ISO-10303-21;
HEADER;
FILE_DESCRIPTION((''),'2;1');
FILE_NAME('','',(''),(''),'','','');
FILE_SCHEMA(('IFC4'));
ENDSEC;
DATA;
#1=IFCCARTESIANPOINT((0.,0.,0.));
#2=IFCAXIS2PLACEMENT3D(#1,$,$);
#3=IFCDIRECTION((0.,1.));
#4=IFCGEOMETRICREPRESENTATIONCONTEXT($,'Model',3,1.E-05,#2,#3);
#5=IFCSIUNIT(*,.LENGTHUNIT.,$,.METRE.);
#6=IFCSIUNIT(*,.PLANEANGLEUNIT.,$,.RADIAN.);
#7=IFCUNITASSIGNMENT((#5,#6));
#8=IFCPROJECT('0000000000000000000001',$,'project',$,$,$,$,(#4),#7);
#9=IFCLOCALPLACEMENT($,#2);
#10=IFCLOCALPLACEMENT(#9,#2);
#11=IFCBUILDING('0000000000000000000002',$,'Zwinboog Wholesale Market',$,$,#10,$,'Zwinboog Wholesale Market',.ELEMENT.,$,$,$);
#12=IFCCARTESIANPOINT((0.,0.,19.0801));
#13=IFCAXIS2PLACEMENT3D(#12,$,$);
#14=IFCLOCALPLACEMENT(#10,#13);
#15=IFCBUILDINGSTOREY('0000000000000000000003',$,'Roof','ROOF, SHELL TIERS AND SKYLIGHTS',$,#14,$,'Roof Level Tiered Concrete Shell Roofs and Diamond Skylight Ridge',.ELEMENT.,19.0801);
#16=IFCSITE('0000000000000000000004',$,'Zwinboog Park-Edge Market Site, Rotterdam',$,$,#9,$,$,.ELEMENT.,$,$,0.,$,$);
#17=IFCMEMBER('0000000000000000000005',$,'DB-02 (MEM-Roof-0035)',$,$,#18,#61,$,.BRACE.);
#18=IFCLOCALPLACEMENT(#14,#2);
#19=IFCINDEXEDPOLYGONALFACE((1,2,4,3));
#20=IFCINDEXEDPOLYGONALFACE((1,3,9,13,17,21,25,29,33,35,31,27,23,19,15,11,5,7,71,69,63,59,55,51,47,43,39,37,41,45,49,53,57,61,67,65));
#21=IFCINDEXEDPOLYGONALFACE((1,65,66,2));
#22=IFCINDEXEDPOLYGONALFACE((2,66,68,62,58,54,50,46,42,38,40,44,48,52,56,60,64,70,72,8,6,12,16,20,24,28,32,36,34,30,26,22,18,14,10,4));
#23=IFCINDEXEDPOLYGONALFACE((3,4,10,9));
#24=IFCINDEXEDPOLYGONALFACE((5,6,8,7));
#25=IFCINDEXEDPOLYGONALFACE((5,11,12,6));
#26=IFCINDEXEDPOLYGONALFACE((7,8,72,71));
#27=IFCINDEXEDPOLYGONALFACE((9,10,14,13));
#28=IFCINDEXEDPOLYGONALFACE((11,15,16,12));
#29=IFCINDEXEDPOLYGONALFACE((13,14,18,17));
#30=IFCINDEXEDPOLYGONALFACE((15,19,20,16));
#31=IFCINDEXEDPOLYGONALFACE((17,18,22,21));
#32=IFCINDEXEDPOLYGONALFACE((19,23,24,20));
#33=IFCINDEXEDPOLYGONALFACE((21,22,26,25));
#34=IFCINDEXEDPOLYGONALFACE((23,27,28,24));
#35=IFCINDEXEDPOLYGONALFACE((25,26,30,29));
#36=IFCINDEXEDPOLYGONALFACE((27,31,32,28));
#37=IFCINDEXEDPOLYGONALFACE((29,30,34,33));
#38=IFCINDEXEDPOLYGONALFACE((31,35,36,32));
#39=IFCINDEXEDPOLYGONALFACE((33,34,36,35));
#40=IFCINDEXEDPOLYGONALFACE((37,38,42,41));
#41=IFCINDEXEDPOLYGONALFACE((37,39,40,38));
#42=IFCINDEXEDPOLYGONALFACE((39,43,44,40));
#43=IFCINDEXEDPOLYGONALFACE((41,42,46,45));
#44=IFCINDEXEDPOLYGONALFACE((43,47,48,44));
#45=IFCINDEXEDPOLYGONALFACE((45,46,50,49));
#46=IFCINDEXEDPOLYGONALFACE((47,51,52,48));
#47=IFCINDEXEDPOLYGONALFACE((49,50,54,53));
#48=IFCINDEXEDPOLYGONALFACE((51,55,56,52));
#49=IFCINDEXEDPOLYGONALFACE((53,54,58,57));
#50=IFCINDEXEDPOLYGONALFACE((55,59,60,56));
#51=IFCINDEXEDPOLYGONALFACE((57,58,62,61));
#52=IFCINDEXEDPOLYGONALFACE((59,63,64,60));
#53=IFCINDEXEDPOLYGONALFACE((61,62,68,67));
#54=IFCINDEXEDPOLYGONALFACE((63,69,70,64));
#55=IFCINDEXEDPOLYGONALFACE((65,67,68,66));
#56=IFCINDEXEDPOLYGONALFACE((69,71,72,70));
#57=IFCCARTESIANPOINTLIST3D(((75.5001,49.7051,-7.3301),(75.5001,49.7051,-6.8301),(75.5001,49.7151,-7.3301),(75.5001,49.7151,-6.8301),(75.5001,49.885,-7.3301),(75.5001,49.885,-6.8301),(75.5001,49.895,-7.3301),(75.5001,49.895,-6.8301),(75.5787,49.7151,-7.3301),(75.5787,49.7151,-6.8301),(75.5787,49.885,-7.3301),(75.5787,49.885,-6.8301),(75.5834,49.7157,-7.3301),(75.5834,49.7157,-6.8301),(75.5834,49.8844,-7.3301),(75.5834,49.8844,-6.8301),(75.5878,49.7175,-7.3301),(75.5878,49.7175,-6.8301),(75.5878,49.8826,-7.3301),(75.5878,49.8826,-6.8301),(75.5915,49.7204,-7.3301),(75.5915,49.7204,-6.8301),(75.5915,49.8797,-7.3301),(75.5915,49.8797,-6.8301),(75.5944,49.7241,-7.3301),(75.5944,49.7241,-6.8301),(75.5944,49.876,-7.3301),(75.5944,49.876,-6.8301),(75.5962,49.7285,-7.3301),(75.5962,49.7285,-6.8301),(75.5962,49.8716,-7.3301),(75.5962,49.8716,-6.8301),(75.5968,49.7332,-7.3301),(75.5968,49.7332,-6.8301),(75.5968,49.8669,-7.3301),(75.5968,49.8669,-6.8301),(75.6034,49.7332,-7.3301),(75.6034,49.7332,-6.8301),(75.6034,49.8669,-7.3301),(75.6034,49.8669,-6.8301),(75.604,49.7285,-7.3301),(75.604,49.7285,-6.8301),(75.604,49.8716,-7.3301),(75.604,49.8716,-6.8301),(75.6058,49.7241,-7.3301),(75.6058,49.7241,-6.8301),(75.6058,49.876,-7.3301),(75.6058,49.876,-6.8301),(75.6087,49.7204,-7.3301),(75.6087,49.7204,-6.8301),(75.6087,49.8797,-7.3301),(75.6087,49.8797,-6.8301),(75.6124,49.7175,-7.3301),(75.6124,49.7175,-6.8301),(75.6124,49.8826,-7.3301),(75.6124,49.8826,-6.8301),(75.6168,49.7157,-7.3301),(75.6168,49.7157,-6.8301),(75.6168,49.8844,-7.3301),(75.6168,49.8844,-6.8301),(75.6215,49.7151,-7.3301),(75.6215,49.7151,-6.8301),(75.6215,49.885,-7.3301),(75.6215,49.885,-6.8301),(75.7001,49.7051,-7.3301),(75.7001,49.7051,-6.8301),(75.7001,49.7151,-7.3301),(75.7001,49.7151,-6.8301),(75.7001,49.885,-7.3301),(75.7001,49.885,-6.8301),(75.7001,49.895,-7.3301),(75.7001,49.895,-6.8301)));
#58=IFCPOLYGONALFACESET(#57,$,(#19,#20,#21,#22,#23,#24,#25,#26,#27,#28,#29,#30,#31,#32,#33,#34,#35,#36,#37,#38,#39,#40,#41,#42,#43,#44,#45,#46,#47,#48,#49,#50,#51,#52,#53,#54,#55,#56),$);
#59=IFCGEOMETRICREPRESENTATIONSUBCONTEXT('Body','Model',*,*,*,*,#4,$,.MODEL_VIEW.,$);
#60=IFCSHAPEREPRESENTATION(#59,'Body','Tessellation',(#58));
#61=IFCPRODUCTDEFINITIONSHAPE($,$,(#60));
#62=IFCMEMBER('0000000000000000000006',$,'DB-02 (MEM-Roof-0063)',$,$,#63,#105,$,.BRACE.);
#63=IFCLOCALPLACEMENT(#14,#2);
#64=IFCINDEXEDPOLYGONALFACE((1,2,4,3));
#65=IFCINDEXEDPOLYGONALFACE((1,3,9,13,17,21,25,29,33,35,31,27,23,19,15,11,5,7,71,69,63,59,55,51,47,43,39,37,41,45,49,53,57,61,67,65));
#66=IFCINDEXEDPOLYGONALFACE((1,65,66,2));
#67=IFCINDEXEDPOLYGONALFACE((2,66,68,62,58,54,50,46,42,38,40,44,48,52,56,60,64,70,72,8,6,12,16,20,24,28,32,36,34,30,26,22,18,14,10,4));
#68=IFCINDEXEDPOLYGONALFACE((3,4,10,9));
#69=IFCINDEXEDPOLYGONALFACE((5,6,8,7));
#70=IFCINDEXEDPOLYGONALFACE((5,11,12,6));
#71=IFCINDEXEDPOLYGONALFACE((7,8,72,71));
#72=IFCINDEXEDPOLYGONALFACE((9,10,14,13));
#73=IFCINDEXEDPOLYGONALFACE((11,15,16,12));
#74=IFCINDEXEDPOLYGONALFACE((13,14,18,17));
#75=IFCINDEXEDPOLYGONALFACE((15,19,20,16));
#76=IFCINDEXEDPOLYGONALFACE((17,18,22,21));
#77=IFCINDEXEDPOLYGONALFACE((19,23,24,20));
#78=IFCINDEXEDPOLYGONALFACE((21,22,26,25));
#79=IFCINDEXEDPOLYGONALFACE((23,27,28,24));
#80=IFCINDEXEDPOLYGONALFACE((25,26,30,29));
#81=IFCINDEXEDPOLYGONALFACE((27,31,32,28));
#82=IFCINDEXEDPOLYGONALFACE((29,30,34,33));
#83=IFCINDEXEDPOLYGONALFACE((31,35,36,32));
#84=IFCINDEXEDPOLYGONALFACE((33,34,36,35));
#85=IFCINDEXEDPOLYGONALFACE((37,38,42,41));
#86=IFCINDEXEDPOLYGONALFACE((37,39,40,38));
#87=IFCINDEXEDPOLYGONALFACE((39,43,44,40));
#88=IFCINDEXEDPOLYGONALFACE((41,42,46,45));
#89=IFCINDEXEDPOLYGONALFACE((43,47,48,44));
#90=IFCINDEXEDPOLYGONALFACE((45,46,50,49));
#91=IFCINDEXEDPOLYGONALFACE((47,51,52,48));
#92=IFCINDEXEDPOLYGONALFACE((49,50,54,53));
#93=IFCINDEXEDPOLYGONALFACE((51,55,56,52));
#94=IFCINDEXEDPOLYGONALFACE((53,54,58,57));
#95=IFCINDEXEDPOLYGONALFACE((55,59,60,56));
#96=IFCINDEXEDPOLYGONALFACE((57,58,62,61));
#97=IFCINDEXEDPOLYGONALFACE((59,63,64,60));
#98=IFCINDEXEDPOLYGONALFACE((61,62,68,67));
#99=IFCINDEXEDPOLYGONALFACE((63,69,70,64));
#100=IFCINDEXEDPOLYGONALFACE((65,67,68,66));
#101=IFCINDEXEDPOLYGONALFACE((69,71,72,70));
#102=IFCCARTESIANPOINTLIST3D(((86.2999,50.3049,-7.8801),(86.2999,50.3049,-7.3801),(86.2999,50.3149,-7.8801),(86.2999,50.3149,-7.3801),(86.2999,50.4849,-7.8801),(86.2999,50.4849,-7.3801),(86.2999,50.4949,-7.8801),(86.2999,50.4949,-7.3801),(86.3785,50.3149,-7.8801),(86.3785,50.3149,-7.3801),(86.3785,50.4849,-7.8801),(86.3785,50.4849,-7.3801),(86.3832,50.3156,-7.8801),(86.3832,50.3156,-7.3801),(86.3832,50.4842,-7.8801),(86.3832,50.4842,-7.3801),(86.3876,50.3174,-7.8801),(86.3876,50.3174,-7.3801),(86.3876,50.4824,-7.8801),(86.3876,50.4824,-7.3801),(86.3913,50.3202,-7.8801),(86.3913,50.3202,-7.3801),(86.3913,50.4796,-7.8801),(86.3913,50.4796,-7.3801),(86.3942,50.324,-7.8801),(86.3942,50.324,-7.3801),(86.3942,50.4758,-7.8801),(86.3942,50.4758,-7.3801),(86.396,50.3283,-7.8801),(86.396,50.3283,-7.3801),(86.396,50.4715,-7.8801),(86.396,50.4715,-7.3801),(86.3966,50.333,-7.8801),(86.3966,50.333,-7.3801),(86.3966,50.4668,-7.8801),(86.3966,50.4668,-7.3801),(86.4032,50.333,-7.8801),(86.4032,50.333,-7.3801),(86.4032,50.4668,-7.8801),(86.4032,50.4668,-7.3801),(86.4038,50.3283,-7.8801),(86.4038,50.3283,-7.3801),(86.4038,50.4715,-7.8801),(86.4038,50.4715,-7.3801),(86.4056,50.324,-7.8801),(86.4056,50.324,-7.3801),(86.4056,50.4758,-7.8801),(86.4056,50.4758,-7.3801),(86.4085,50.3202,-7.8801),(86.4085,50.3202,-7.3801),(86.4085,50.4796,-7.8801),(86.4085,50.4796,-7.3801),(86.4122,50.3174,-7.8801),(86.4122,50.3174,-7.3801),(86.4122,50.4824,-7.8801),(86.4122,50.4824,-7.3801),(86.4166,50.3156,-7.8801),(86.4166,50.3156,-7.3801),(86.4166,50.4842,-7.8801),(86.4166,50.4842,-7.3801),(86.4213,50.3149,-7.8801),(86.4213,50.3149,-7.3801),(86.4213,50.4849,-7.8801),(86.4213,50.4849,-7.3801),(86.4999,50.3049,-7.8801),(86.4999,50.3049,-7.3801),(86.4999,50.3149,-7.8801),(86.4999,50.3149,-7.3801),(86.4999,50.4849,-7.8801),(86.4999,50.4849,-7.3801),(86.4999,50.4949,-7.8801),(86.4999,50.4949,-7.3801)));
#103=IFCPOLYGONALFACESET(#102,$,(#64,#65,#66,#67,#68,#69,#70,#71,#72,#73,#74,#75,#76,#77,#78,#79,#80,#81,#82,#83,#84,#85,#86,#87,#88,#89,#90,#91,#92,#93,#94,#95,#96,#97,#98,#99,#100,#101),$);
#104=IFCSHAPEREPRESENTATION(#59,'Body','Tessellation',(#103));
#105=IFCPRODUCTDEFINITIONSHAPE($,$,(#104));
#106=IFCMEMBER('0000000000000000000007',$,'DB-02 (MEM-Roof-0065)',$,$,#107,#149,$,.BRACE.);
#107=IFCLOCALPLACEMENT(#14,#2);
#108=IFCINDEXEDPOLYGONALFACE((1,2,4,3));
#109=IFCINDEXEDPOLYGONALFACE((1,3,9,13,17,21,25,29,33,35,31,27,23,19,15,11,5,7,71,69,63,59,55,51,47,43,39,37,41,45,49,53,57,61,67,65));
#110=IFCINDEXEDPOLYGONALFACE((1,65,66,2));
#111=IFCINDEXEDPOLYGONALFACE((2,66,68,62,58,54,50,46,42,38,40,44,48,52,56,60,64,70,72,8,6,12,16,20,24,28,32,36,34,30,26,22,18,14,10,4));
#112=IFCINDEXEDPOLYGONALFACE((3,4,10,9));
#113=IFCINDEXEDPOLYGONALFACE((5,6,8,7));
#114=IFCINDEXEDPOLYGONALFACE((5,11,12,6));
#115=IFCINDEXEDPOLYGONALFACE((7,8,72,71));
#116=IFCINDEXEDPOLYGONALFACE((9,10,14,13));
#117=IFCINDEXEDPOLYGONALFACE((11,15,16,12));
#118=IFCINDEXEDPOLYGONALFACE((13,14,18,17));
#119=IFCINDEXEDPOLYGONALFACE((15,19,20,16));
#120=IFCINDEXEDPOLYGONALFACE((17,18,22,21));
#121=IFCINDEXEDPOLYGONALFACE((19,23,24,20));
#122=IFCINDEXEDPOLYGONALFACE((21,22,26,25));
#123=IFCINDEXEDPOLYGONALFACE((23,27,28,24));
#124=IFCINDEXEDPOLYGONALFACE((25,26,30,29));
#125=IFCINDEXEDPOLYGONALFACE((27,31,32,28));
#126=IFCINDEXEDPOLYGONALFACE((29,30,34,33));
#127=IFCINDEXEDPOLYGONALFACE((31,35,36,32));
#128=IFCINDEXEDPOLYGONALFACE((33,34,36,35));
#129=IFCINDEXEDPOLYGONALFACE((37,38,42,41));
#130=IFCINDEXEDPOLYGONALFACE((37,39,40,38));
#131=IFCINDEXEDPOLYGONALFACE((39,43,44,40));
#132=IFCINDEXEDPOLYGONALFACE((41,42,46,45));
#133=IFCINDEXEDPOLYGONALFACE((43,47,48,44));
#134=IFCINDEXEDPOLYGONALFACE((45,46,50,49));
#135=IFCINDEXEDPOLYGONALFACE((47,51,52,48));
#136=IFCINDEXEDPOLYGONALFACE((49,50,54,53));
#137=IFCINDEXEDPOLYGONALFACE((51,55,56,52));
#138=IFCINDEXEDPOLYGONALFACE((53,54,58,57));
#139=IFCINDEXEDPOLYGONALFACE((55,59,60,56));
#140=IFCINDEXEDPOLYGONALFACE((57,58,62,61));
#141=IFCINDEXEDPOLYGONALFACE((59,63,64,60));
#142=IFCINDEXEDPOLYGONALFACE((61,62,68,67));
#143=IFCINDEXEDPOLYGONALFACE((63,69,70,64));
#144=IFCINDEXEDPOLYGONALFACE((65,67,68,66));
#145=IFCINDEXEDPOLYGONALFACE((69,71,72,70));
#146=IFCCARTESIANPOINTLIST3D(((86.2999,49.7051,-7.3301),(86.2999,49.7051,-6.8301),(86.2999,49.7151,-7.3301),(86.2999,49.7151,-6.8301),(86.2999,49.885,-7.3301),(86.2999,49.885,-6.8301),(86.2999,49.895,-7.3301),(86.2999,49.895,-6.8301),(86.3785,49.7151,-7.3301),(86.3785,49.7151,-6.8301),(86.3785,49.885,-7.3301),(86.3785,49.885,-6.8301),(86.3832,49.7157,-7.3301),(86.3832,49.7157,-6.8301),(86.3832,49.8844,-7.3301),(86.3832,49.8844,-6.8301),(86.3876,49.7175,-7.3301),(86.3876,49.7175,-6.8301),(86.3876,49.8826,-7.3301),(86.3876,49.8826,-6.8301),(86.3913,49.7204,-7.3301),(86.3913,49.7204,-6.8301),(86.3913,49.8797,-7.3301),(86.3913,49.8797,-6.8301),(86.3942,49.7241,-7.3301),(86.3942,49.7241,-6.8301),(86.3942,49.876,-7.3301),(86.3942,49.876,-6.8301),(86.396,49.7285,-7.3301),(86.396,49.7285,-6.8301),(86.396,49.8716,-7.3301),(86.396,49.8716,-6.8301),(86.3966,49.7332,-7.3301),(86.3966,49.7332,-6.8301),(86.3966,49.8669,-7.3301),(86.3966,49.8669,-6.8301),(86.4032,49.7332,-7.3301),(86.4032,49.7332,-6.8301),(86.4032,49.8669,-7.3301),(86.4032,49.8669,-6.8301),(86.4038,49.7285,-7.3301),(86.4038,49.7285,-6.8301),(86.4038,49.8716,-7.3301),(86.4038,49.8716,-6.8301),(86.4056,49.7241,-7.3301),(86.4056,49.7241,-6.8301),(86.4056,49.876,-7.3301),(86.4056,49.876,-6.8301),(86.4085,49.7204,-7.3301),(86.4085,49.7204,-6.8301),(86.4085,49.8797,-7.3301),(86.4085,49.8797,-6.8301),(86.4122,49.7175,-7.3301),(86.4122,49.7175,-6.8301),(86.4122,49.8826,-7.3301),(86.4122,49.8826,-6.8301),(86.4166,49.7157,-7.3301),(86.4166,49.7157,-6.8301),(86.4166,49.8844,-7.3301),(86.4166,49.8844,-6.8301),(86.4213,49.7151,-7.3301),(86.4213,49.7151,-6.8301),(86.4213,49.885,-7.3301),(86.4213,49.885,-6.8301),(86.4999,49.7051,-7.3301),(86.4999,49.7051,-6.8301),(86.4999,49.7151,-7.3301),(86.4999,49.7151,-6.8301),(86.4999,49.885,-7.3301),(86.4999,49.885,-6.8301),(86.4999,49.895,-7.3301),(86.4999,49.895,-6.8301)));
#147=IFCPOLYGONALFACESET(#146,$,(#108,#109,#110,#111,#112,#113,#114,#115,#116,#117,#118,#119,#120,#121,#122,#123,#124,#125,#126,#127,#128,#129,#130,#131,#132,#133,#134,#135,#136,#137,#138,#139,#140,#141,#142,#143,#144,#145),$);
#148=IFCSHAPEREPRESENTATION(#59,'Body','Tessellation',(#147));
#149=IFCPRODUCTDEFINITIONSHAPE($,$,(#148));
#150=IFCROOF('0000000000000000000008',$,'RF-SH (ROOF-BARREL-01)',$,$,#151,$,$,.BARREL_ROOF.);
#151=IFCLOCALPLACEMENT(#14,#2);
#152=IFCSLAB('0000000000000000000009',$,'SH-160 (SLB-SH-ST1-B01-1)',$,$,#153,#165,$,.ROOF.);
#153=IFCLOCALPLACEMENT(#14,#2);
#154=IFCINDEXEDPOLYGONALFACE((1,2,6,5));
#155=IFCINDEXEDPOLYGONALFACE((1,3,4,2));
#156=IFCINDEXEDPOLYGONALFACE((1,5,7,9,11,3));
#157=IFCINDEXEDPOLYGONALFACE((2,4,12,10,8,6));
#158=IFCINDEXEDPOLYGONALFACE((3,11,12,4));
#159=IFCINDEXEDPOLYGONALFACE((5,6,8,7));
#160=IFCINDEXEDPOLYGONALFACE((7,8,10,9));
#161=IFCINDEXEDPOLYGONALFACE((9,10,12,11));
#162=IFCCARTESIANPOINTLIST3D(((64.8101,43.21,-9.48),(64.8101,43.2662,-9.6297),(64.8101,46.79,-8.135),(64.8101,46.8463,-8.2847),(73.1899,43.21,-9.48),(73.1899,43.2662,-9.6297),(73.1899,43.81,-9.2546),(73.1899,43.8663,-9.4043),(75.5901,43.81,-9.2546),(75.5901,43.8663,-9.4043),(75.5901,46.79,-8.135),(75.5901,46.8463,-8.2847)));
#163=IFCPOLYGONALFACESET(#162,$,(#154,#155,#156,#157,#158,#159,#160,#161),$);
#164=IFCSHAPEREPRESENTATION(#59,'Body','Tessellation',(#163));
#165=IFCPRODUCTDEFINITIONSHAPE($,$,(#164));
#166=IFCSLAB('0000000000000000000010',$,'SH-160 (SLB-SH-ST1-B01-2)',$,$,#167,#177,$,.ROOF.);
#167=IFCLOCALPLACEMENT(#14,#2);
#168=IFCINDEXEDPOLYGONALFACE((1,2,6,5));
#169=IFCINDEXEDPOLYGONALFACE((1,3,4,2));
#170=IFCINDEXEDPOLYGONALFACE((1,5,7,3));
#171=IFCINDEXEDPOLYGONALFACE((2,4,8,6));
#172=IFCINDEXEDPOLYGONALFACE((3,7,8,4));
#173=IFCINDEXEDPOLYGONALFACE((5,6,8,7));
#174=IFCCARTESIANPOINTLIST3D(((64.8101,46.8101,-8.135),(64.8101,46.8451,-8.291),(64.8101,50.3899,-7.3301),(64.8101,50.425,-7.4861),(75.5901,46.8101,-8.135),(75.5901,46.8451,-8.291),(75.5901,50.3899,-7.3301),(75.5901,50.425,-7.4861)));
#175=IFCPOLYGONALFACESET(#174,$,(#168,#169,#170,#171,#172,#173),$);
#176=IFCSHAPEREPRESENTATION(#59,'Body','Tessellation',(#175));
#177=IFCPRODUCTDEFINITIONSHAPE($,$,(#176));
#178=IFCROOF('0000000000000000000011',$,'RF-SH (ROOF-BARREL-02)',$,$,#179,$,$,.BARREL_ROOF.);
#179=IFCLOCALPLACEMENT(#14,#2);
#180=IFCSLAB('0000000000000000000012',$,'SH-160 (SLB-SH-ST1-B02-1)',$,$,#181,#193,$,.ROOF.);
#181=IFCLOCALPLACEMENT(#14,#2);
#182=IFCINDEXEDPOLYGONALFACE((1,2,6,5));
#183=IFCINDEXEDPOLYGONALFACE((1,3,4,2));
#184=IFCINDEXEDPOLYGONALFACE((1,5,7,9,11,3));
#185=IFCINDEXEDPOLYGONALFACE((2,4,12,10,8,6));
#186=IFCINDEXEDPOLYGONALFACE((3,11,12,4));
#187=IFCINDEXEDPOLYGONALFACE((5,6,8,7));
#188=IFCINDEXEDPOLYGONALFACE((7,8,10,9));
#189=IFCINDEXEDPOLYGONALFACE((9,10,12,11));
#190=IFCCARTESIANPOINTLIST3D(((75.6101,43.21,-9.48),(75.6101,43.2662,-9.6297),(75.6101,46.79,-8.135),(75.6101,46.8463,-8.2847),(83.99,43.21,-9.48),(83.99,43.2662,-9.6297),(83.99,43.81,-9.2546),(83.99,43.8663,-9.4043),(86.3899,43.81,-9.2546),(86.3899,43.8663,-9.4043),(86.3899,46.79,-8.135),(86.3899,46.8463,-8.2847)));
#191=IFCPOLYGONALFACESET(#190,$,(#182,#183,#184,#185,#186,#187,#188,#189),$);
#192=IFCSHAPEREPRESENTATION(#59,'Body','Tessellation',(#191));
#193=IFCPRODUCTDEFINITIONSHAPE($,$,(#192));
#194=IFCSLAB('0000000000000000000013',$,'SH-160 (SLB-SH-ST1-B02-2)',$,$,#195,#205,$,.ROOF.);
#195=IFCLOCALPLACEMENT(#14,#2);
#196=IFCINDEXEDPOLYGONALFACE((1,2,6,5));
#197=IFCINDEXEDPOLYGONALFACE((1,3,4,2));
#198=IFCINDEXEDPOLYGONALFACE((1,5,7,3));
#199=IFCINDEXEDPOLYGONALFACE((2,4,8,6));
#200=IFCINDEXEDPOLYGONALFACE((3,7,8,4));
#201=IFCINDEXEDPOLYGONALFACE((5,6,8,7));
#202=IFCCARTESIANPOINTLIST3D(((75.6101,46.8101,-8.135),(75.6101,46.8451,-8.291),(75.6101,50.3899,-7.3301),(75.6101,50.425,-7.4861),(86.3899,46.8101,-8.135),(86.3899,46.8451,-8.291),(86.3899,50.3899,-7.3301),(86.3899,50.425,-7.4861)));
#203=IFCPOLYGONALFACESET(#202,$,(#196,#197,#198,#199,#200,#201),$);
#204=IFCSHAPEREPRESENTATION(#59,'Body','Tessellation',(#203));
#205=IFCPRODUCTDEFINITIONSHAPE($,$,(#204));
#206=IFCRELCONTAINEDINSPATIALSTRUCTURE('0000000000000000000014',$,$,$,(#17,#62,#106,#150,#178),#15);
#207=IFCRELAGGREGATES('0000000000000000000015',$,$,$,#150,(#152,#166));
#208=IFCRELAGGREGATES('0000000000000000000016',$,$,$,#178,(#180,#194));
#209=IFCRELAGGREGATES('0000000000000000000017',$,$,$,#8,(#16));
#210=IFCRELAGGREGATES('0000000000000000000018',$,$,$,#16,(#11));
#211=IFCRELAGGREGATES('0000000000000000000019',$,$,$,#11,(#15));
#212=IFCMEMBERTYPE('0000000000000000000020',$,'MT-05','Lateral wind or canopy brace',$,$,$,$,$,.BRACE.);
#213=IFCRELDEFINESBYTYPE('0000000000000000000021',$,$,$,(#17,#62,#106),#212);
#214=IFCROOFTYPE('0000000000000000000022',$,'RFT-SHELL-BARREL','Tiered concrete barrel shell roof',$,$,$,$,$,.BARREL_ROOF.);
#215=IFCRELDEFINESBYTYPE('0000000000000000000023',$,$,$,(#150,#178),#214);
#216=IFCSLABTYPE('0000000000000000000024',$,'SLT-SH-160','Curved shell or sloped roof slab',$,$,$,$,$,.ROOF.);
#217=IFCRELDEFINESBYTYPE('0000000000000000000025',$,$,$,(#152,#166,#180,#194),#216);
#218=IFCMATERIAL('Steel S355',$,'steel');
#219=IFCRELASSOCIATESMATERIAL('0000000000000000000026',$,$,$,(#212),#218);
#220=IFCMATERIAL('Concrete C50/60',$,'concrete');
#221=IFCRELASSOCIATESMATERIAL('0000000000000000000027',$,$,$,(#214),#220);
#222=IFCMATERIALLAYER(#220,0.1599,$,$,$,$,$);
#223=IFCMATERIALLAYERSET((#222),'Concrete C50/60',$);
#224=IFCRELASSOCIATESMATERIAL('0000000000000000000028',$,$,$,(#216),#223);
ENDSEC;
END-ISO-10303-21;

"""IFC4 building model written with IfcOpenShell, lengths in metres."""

from ifc_helpers import new_model, si_unit, direction, frame, origin, origin_2d, place, context, subcontext, project, spatial, polyline, i_section, outline, extrude, material, layer, layer_set, material_profile, profile_set, type_object, element, aggregate, save


model = new_model("IFC4")

# Units and contexts
model_context = context("Model", 3, precision=1e-05, world=origin(), true_north=direction((0.0, 1.0)))
body_context = subcontext(model_context, "Body", "Model", "MODEL_VIEW")
ifc_project = project(units=[si_unit("LENGTHUNIT", "METRE"), si_unit("PLANEANGLEUNIT", "RADIAN")], contexts=[model_context])

# Site, building, storey
site_placement = place(None, origin())
site = spatial("IfcSite", under=ifc_project, at=site_placement, Name="Zwinboog Park-Edge Market Site, Rotterdam", CompositionType="ELEMENT", RefElevation=0.0)
building_placement = place(site_placement, origin())
building = spatial("IfcBuilding", under=site, at=building_placement, Name="Zwinboog Wholesale Market", LongName="Zwinboog Wholesale Market", CompositionType="ELEMENT")
storey_placement = place(building_placement, frame((0.0, 0.0, 19.0801)))
storey = spatial("IfcBuildingStorey", under=building, at=storey_placement, Name="Roof", Description="ROOF, SHELL TIERS AND SKYLIGHTS", LongName="Roof Level Tiered Concrete Shell Roofs and Diamond Skylight Ridge", CompositionType="ELEMENT", Elevation=19.0801)

# Members
ifc_material_1 = material(Name="Steel S355", Category="steel")
ifc_material_profile_1 = material_profile(ifc_material_1, i_section(OverallWidth=0.2, OverallDepth=0.1899, WebThickness=0.0066, FlangeThickness=0.01, FilletRadius=0.0181, at=origin_2d()), Name="HEA 200")
ifc_profile_set_1 = profile_set([ifc_material_profile_1], Name="Steel S355")
member_type_1 = type_object("IfcMemberType", Name="MT-05", Description="Lateral wind or canopy brace", PredefinedType="BRACE", material=ifc_profile_set_1)
for number, where, z_axis, x_axis, name in (
    (1, (75.6001, 49.8, -7.3301), (0.0, 0.0, 1.0), (1.0, 0.0, 0.0), "DB-02 (MEM-Roof-0035)"),
    (2, (86.3999, 50.3999, -7.8801), (0.0, 0.0, 1.0), (1.0, 0.0, 0.0), "DB-02 (MEM-Roof-0063)"),
    (3, (86.3999, 49.8, -7.3301), (0.0, 0.0, 1.0), (1.0, 0.0, 0.0), "DB-02 (MEM-Roof-0065)"),
):
    element("IfcMember", number, at=place(storey_placement, frame(where, z_axis=z_axis, x_axis=x_axis)), inside=storey, type_object=member_type_1, Name=name, PredefinedType="BRACE", context=body_context, shape_type="SweptSolid", body=[
        extrude(i_section(OverallWidth=0.2, OverallDepth=0.1899, WebThickness=0.0066, FlangeThickness=0.01, FilletRadius=0.0181, at=origin_2d()), origin(), (0.0, 0.0, 1.0), 0.5),
    ])

# Roofs, slabs
ifc_material_2 = material(Name="Concrete C50/60", Category="concrete")
roof_type = type_object("IfcRoofType", Name="RFT-SHELL-BARREL", Description="Tiered concrete barrel shell roof", PredefinedType="BARREL_ROOF", material=ifc_material_2)
roof_1_placement = place(storey_placement, origin())
roof_1 = element("IfcRoof", 4, at=roof_1_placement, inside=storey, type_object=roof_type, Name="RF-SH (ROOF-BARREL-01)", PredefinedType="BARREL_ROOF")
ifc_layer_1 = layer(ifc_material_2, 0.1599)
ifc_layer_set_1 = layer_set([ifc_layer_1], Name="Concrete C50/60")
slab_type_1 = type_object("IfcSlabType", Name="SLT-SH-160", Description="Curved shell or sloped roof slab", PredefinedType="ROOF", material=ifc_layer_set_1)
slab_1_placement = place(storey_placement, frame((64.8101, 43.21, -9.48), z_axis=(0.000005, -0.351689, 0.936117), x_axis=(1.0, 0.000002, -0.000004)))
slab_1 = element("IfcSlab", 5, at=slab_1_placement, type_object=slab_type_1, Name="SH-160 (SLB-SH-ST1-B01-1)", PredefinedType="ROOF", context=body_context, shape_type="SweptSolid", body=[
    extrude(outline(polyline([(0.0, 0.0), (8.3799, 0.0), (8.3799, 0.641), (10.78, 0.641), (10.78, 3.8244), (0.0, 3.8244), (0.0, 0.0)])), origin(), (0.0, 0.0, -1.0), 0.1599),
])
slab_2_placement = place(storey_placement, frame((64.8101, 46.8101, -8.135), z_axis=(0.0, -0.219374, 0.975641), x_axis=(1.0, 0.0, 0.0)))
slab_2 = element("IfcSlab", 6, at=slab_2_placement, type_object=slab_type_1, Name="SH-160 (SLB-SH-ST1-B01-2)", PredefinedType="ROOF", context=body_context, shape_type="SweptSolid", body=[
    extrude(outline(polyline([(0.0, 0.0), (10.78, 0.0), (10.78, 3.6692), (0.0, 3.6692), (0.0, 0.0)])), origin(), (0.0, 0.0, -1.0), 0.1599),
])
roof_2_placement = place(storey_placement, origin())
roof_2 = element("IfcRoof", 7, at=roof_2_placement, inside=storey, type_object=roof_type, Name="RF-SH (ROOF-BARREL-02)", PredefinedType="BARREL_ROOF")
slab_3_placement = place(storey_placement, frame((75.6101, 43.21, -9.48), z_axis=(0.000005, -0.351689, 0.936117), x_axis=(1.0, 0.000002, -0.000004)))
slab_3 = element("IfcSlab", 8, at=slab_3_placement, type_object=slab_type_1, Name="SH-160 (SLB-SH-ST1-B02-1)", PredefinedType="ROOF", context=body_context, shape_type="SweptSolid", body=[
    extrude(outline(polyline([(0.0, 0.0), (8.3799, 0.0), (8.3799, 0.641), (10.7798, 0.641), (10.7798, 3.8244), (0.0, 3.8244), (0.0, 0.0)])), origin(), (0.0, 0.0, -1.0), 0.1599),
])
slab_4_placement = place(storey_placement, frame((75.6101, 46.8101, -8.135), z_axis=(0.0, -0.219374, 0.975641), x_axis=(1.0, 0.0, 0.0)))
slab_4 = element("IfcSlab", 9, at=slab_4_placement, type_object=slab_type_1, Name="SH-160 (SLB-SH-ST1-B02-2)", PredefinedType="ROOF", context=body_context, shape_type="SweptSolid", body=[
    extrude(outline(polyline([(0.0, 0.0), (10.7798, 0.0), (10.7798, 3.6692), (0.0, 3.6692), (0.0, 0.0)])), origin(), (0.0, 0.0, -1.0), 0.1599),
])

aggregate(roof_1, [slab_1, slab_2])
aggregate(roof_2, [slab_3, slab_4])

save(model, "model.ifc")
